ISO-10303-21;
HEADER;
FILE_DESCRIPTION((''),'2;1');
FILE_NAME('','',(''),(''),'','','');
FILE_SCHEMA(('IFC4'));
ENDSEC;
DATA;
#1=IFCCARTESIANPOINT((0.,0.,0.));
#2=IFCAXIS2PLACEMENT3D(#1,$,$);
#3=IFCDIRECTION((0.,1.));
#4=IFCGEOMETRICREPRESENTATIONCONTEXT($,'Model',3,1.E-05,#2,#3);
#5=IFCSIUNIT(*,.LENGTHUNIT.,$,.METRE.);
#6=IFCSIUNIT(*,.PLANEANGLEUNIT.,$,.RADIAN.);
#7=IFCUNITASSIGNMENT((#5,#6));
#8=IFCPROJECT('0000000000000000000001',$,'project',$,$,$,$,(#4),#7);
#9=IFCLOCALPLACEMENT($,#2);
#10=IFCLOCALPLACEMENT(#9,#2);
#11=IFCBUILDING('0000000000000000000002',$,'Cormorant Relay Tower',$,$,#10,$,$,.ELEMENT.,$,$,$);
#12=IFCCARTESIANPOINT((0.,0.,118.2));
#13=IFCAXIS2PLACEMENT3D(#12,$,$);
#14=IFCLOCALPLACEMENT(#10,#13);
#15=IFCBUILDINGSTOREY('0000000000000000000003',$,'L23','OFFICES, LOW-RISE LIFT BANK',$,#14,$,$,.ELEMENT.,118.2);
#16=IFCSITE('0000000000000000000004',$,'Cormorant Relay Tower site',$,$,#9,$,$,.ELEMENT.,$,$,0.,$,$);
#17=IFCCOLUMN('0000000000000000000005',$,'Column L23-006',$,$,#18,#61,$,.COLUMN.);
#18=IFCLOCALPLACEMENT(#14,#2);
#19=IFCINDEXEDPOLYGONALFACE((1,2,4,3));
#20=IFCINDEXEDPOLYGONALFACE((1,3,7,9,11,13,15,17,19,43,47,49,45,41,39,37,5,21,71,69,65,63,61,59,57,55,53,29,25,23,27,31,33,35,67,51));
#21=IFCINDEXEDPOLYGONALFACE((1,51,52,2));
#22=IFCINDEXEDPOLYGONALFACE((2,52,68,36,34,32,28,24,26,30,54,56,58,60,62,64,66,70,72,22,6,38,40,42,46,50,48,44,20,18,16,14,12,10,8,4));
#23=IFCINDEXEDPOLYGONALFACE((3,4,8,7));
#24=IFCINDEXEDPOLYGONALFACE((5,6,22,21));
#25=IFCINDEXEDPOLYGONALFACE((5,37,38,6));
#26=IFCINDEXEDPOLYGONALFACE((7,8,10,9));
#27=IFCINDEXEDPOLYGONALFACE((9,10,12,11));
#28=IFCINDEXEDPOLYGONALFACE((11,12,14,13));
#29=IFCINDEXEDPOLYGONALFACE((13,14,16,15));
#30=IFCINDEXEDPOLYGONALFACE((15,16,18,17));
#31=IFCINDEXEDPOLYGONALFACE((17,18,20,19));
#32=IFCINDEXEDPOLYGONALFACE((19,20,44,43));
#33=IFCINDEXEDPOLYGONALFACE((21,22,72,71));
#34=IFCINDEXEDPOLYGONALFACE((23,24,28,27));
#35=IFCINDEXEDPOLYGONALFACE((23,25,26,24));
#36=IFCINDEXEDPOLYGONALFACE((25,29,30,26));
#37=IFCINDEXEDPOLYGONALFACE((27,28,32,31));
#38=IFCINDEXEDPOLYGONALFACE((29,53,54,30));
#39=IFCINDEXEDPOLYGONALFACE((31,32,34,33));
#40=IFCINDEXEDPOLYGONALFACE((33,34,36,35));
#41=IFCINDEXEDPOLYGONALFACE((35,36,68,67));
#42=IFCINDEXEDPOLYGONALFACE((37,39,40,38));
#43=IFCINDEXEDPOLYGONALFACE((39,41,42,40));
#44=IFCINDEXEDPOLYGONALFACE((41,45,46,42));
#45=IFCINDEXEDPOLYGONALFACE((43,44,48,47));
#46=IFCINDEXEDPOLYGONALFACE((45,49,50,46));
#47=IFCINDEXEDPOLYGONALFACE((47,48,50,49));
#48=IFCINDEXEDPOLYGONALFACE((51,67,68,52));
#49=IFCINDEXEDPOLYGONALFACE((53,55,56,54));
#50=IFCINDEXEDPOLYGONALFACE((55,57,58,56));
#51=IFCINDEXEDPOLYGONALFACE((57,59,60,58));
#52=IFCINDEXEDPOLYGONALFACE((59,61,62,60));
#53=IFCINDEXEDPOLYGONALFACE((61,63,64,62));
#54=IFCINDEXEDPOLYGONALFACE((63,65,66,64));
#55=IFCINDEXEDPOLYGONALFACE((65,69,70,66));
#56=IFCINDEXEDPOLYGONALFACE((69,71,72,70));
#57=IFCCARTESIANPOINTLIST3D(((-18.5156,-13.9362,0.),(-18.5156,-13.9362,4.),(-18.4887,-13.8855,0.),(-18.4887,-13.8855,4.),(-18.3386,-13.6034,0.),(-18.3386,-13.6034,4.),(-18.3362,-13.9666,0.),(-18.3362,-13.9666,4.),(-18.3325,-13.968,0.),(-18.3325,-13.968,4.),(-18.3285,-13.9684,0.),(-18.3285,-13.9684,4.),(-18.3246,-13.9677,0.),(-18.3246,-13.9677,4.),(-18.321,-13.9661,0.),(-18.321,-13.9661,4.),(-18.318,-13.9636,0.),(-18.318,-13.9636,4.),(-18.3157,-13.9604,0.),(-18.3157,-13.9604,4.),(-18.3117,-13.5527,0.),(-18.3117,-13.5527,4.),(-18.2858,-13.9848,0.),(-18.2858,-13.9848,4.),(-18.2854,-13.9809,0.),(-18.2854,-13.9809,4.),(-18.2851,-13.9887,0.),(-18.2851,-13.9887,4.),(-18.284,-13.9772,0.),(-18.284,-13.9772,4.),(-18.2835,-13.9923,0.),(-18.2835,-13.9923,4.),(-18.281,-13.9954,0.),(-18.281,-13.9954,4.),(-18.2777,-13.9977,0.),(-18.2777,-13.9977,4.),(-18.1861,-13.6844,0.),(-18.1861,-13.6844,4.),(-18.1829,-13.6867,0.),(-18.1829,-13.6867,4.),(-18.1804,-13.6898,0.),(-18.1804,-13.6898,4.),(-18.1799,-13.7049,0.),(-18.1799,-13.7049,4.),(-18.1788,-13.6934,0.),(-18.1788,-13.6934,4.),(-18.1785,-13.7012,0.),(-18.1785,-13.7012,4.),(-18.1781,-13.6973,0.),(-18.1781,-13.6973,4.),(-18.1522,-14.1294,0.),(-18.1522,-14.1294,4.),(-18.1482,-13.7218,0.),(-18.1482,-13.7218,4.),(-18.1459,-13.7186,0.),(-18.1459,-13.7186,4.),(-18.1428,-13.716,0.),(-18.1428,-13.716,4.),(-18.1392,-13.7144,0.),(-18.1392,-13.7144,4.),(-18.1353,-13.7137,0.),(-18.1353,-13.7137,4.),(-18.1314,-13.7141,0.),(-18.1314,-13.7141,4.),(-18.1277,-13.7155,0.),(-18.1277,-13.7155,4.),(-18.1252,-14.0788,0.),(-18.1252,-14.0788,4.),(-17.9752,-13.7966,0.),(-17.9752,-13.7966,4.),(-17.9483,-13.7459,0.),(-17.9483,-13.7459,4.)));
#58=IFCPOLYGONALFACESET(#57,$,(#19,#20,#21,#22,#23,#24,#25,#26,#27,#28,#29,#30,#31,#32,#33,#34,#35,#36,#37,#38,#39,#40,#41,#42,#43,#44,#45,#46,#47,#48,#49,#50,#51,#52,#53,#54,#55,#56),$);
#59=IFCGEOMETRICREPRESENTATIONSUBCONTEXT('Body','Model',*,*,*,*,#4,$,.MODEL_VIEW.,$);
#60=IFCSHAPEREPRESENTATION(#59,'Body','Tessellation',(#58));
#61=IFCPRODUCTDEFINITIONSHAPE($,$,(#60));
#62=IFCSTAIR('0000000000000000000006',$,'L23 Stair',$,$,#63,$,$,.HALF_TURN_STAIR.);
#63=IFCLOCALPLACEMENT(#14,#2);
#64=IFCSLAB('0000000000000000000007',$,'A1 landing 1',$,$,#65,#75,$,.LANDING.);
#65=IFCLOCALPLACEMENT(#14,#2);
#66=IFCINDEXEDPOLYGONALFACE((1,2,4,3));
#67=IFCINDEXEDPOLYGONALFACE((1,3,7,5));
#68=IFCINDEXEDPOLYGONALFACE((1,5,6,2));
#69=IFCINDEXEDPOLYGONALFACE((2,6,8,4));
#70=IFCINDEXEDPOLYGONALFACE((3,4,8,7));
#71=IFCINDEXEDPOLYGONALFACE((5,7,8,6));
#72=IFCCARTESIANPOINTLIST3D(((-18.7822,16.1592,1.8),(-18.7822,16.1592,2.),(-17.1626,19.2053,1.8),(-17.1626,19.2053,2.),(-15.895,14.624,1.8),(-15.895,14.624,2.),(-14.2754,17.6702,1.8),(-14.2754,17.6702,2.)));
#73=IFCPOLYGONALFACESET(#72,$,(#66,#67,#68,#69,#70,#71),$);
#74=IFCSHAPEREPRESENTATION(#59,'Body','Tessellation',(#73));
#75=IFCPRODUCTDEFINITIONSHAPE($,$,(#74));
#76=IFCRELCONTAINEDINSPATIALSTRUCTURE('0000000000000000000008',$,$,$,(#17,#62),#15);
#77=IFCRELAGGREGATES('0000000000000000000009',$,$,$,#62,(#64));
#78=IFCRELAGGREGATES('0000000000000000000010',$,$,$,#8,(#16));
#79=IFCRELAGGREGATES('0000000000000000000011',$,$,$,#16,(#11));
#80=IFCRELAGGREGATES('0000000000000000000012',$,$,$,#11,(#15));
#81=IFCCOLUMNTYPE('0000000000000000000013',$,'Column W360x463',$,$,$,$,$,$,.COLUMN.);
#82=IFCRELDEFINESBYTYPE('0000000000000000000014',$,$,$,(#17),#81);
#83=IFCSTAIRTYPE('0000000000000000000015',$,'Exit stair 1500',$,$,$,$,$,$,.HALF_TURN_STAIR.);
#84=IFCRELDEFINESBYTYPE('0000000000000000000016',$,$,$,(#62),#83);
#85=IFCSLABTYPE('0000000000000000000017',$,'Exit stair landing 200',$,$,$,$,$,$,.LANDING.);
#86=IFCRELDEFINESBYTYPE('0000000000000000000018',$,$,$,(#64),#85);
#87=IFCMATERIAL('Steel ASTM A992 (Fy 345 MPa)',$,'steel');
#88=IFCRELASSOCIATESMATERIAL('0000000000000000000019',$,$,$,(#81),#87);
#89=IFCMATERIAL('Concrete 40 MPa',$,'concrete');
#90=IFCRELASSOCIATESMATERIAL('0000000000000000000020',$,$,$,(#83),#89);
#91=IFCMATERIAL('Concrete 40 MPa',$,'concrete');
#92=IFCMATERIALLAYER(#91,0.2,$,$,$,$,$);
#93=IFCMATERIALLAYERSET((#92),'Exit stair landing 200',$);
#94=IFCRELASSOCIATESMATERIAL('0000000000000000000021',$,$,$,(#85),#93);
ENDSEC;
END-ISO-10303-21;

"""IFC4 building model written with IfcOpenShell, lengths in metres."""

from ifc_helpers import new_model, si_unit, direction, frame, origin, origin_2d, place, context, subcontext, project, spatial, polyline, i_section, outline, extrude, material, layer, layer_set, material_profile, profile_set, type_object, element, aggregate, save


model = new_model("IFC4")

# Units and contexts
model_context = context("Model", 3, precision=1e-05, world=origin(), true_north=direction((0.0, 1.0)))
body_context = subcontext(model_context, "Body", "Model", "MODEL_VIEW")
ifc_project = project(units=[si_unit("LENGTHUNIT", "METRE"), si_unit("PLANEANGLEUNIT", "RADIAN")], contexts=[model_context])

# Site, building, storey
site_placement = place(None, origin())
site = spatial("IfcSite", under=ifc_project, at=site_placement, Name="Cormorant Relay Tower site", CompositionType="ELEMENT", RefElevation=0.0)
building_placement = place(site_placement, origin())
building = spatial("IfcBuilding", under=site, at=building_placement, Name="Cormorant Relay Tower", CompositionType="ELEMENT")
storey_placement = place(building_placement, frame((0.0, 0.0, 118.2)))
storey = spatial("IfcBuildingStorey", under=building, at=storey_placement, Name="L23", Description="OFFICES, LOW-RISE LIFT BANK", CompositionType="ELEMENT", Elevation=118.2)

# Column
ifc_material_1 = material(Name="Steel ASTM A992 (Fy 345 MPa)", Category="steel")
ifc_material_profile_1 = material_profile(ifc_material_1, i_section(OverallWidth=0.4116, OverallDepth=0.4343, WebThickness=0.0359, FlangeThickness=0.0574, FilletRadius=0.0151, at=origin_2d()), Name="W360x463")
ifc_profile_set_1 = profile_set([ifc_material_profile_1], Name="Steel ASTM A992 (Fy 345 MPa)")
column_type_1 = type_object("IfcColumnType", Name="Column W360x463", PredefinedType="COLUMN", material=ifc_profile_set_1)
column_placement = place(storey_placement, frame((-18.2319, -13.8411, 0.0), z_axis=(0.0, 0.0, 1.0), x_axis=(0.882948, -0.469472, 0.0)))
element("IfcColumn", 1, at=column_placement, inside=storey, type_object=column_type_1, Name="Column L23-006", PredefinedType="COLUMN", context=body_context, shape_type="SweptSolid", body=[
    extrude(i_section(OverallWidth=0.4116, OverallDepth=0.4343, WebThickness=0.0359, FlangeThickness=0.0574, FilletRadius=0.0151, at=origin_2d()), origin(), (0.0, 0.0, 1.0), 4.0),
])

# Stair, slab
ifc_material_2 = material(Name="Concrete 40 MPa", Category="concrete")
stair_type = type_object("IfcStairType", Name="Exit stair 1500", PredefinedType="HALF_TURN_STAIR", material=ifc_material_2)
stair_placement = place(storey_placement, origin())
stair = element("IfcStair", 2, at=stair_placement, inside=storey, type_object=stair_type, Name="L23 Stair", PredefinedType="HALF_TURN_STAIR")
ifc_material_3 = material(Name="Concrete 40 MPa", Category="concrete")
ifc_layer_1 = layer(ifc_material_3, 0.2)
ifc_layer_set_1 = layer_set([ifc_layer_1], Name="Exit stair landing 200")
slab_type_1 = type_object("IfcSlabType", Name="Exit stair landing 200", PredefinedType="LANDING", material=ifc_layer_set_1)
slab_1_placement = place(storey_placement, frame((0.0, 0.0, 1.8)))
slab_1 = element("IfcSlab", 3, at=slab_1_placement, type_object=slab_type_1, Name="A1 landing 1", PredefinedType="LANDING", context=body_context, shape_type="SweptSolid", body=[
    extrude(outline(polyline([(-18.7822, 16.1592), (-15.895, 14.624), (-14.2754, 17.6702), (-17.1626, 19.2053), (-18.7822, 16.1592)])), origin(), (0.0, 0.0, 1.0), 0.2),
])
aggregate(stair, [slab_1])

save(model, "model.ifc")
